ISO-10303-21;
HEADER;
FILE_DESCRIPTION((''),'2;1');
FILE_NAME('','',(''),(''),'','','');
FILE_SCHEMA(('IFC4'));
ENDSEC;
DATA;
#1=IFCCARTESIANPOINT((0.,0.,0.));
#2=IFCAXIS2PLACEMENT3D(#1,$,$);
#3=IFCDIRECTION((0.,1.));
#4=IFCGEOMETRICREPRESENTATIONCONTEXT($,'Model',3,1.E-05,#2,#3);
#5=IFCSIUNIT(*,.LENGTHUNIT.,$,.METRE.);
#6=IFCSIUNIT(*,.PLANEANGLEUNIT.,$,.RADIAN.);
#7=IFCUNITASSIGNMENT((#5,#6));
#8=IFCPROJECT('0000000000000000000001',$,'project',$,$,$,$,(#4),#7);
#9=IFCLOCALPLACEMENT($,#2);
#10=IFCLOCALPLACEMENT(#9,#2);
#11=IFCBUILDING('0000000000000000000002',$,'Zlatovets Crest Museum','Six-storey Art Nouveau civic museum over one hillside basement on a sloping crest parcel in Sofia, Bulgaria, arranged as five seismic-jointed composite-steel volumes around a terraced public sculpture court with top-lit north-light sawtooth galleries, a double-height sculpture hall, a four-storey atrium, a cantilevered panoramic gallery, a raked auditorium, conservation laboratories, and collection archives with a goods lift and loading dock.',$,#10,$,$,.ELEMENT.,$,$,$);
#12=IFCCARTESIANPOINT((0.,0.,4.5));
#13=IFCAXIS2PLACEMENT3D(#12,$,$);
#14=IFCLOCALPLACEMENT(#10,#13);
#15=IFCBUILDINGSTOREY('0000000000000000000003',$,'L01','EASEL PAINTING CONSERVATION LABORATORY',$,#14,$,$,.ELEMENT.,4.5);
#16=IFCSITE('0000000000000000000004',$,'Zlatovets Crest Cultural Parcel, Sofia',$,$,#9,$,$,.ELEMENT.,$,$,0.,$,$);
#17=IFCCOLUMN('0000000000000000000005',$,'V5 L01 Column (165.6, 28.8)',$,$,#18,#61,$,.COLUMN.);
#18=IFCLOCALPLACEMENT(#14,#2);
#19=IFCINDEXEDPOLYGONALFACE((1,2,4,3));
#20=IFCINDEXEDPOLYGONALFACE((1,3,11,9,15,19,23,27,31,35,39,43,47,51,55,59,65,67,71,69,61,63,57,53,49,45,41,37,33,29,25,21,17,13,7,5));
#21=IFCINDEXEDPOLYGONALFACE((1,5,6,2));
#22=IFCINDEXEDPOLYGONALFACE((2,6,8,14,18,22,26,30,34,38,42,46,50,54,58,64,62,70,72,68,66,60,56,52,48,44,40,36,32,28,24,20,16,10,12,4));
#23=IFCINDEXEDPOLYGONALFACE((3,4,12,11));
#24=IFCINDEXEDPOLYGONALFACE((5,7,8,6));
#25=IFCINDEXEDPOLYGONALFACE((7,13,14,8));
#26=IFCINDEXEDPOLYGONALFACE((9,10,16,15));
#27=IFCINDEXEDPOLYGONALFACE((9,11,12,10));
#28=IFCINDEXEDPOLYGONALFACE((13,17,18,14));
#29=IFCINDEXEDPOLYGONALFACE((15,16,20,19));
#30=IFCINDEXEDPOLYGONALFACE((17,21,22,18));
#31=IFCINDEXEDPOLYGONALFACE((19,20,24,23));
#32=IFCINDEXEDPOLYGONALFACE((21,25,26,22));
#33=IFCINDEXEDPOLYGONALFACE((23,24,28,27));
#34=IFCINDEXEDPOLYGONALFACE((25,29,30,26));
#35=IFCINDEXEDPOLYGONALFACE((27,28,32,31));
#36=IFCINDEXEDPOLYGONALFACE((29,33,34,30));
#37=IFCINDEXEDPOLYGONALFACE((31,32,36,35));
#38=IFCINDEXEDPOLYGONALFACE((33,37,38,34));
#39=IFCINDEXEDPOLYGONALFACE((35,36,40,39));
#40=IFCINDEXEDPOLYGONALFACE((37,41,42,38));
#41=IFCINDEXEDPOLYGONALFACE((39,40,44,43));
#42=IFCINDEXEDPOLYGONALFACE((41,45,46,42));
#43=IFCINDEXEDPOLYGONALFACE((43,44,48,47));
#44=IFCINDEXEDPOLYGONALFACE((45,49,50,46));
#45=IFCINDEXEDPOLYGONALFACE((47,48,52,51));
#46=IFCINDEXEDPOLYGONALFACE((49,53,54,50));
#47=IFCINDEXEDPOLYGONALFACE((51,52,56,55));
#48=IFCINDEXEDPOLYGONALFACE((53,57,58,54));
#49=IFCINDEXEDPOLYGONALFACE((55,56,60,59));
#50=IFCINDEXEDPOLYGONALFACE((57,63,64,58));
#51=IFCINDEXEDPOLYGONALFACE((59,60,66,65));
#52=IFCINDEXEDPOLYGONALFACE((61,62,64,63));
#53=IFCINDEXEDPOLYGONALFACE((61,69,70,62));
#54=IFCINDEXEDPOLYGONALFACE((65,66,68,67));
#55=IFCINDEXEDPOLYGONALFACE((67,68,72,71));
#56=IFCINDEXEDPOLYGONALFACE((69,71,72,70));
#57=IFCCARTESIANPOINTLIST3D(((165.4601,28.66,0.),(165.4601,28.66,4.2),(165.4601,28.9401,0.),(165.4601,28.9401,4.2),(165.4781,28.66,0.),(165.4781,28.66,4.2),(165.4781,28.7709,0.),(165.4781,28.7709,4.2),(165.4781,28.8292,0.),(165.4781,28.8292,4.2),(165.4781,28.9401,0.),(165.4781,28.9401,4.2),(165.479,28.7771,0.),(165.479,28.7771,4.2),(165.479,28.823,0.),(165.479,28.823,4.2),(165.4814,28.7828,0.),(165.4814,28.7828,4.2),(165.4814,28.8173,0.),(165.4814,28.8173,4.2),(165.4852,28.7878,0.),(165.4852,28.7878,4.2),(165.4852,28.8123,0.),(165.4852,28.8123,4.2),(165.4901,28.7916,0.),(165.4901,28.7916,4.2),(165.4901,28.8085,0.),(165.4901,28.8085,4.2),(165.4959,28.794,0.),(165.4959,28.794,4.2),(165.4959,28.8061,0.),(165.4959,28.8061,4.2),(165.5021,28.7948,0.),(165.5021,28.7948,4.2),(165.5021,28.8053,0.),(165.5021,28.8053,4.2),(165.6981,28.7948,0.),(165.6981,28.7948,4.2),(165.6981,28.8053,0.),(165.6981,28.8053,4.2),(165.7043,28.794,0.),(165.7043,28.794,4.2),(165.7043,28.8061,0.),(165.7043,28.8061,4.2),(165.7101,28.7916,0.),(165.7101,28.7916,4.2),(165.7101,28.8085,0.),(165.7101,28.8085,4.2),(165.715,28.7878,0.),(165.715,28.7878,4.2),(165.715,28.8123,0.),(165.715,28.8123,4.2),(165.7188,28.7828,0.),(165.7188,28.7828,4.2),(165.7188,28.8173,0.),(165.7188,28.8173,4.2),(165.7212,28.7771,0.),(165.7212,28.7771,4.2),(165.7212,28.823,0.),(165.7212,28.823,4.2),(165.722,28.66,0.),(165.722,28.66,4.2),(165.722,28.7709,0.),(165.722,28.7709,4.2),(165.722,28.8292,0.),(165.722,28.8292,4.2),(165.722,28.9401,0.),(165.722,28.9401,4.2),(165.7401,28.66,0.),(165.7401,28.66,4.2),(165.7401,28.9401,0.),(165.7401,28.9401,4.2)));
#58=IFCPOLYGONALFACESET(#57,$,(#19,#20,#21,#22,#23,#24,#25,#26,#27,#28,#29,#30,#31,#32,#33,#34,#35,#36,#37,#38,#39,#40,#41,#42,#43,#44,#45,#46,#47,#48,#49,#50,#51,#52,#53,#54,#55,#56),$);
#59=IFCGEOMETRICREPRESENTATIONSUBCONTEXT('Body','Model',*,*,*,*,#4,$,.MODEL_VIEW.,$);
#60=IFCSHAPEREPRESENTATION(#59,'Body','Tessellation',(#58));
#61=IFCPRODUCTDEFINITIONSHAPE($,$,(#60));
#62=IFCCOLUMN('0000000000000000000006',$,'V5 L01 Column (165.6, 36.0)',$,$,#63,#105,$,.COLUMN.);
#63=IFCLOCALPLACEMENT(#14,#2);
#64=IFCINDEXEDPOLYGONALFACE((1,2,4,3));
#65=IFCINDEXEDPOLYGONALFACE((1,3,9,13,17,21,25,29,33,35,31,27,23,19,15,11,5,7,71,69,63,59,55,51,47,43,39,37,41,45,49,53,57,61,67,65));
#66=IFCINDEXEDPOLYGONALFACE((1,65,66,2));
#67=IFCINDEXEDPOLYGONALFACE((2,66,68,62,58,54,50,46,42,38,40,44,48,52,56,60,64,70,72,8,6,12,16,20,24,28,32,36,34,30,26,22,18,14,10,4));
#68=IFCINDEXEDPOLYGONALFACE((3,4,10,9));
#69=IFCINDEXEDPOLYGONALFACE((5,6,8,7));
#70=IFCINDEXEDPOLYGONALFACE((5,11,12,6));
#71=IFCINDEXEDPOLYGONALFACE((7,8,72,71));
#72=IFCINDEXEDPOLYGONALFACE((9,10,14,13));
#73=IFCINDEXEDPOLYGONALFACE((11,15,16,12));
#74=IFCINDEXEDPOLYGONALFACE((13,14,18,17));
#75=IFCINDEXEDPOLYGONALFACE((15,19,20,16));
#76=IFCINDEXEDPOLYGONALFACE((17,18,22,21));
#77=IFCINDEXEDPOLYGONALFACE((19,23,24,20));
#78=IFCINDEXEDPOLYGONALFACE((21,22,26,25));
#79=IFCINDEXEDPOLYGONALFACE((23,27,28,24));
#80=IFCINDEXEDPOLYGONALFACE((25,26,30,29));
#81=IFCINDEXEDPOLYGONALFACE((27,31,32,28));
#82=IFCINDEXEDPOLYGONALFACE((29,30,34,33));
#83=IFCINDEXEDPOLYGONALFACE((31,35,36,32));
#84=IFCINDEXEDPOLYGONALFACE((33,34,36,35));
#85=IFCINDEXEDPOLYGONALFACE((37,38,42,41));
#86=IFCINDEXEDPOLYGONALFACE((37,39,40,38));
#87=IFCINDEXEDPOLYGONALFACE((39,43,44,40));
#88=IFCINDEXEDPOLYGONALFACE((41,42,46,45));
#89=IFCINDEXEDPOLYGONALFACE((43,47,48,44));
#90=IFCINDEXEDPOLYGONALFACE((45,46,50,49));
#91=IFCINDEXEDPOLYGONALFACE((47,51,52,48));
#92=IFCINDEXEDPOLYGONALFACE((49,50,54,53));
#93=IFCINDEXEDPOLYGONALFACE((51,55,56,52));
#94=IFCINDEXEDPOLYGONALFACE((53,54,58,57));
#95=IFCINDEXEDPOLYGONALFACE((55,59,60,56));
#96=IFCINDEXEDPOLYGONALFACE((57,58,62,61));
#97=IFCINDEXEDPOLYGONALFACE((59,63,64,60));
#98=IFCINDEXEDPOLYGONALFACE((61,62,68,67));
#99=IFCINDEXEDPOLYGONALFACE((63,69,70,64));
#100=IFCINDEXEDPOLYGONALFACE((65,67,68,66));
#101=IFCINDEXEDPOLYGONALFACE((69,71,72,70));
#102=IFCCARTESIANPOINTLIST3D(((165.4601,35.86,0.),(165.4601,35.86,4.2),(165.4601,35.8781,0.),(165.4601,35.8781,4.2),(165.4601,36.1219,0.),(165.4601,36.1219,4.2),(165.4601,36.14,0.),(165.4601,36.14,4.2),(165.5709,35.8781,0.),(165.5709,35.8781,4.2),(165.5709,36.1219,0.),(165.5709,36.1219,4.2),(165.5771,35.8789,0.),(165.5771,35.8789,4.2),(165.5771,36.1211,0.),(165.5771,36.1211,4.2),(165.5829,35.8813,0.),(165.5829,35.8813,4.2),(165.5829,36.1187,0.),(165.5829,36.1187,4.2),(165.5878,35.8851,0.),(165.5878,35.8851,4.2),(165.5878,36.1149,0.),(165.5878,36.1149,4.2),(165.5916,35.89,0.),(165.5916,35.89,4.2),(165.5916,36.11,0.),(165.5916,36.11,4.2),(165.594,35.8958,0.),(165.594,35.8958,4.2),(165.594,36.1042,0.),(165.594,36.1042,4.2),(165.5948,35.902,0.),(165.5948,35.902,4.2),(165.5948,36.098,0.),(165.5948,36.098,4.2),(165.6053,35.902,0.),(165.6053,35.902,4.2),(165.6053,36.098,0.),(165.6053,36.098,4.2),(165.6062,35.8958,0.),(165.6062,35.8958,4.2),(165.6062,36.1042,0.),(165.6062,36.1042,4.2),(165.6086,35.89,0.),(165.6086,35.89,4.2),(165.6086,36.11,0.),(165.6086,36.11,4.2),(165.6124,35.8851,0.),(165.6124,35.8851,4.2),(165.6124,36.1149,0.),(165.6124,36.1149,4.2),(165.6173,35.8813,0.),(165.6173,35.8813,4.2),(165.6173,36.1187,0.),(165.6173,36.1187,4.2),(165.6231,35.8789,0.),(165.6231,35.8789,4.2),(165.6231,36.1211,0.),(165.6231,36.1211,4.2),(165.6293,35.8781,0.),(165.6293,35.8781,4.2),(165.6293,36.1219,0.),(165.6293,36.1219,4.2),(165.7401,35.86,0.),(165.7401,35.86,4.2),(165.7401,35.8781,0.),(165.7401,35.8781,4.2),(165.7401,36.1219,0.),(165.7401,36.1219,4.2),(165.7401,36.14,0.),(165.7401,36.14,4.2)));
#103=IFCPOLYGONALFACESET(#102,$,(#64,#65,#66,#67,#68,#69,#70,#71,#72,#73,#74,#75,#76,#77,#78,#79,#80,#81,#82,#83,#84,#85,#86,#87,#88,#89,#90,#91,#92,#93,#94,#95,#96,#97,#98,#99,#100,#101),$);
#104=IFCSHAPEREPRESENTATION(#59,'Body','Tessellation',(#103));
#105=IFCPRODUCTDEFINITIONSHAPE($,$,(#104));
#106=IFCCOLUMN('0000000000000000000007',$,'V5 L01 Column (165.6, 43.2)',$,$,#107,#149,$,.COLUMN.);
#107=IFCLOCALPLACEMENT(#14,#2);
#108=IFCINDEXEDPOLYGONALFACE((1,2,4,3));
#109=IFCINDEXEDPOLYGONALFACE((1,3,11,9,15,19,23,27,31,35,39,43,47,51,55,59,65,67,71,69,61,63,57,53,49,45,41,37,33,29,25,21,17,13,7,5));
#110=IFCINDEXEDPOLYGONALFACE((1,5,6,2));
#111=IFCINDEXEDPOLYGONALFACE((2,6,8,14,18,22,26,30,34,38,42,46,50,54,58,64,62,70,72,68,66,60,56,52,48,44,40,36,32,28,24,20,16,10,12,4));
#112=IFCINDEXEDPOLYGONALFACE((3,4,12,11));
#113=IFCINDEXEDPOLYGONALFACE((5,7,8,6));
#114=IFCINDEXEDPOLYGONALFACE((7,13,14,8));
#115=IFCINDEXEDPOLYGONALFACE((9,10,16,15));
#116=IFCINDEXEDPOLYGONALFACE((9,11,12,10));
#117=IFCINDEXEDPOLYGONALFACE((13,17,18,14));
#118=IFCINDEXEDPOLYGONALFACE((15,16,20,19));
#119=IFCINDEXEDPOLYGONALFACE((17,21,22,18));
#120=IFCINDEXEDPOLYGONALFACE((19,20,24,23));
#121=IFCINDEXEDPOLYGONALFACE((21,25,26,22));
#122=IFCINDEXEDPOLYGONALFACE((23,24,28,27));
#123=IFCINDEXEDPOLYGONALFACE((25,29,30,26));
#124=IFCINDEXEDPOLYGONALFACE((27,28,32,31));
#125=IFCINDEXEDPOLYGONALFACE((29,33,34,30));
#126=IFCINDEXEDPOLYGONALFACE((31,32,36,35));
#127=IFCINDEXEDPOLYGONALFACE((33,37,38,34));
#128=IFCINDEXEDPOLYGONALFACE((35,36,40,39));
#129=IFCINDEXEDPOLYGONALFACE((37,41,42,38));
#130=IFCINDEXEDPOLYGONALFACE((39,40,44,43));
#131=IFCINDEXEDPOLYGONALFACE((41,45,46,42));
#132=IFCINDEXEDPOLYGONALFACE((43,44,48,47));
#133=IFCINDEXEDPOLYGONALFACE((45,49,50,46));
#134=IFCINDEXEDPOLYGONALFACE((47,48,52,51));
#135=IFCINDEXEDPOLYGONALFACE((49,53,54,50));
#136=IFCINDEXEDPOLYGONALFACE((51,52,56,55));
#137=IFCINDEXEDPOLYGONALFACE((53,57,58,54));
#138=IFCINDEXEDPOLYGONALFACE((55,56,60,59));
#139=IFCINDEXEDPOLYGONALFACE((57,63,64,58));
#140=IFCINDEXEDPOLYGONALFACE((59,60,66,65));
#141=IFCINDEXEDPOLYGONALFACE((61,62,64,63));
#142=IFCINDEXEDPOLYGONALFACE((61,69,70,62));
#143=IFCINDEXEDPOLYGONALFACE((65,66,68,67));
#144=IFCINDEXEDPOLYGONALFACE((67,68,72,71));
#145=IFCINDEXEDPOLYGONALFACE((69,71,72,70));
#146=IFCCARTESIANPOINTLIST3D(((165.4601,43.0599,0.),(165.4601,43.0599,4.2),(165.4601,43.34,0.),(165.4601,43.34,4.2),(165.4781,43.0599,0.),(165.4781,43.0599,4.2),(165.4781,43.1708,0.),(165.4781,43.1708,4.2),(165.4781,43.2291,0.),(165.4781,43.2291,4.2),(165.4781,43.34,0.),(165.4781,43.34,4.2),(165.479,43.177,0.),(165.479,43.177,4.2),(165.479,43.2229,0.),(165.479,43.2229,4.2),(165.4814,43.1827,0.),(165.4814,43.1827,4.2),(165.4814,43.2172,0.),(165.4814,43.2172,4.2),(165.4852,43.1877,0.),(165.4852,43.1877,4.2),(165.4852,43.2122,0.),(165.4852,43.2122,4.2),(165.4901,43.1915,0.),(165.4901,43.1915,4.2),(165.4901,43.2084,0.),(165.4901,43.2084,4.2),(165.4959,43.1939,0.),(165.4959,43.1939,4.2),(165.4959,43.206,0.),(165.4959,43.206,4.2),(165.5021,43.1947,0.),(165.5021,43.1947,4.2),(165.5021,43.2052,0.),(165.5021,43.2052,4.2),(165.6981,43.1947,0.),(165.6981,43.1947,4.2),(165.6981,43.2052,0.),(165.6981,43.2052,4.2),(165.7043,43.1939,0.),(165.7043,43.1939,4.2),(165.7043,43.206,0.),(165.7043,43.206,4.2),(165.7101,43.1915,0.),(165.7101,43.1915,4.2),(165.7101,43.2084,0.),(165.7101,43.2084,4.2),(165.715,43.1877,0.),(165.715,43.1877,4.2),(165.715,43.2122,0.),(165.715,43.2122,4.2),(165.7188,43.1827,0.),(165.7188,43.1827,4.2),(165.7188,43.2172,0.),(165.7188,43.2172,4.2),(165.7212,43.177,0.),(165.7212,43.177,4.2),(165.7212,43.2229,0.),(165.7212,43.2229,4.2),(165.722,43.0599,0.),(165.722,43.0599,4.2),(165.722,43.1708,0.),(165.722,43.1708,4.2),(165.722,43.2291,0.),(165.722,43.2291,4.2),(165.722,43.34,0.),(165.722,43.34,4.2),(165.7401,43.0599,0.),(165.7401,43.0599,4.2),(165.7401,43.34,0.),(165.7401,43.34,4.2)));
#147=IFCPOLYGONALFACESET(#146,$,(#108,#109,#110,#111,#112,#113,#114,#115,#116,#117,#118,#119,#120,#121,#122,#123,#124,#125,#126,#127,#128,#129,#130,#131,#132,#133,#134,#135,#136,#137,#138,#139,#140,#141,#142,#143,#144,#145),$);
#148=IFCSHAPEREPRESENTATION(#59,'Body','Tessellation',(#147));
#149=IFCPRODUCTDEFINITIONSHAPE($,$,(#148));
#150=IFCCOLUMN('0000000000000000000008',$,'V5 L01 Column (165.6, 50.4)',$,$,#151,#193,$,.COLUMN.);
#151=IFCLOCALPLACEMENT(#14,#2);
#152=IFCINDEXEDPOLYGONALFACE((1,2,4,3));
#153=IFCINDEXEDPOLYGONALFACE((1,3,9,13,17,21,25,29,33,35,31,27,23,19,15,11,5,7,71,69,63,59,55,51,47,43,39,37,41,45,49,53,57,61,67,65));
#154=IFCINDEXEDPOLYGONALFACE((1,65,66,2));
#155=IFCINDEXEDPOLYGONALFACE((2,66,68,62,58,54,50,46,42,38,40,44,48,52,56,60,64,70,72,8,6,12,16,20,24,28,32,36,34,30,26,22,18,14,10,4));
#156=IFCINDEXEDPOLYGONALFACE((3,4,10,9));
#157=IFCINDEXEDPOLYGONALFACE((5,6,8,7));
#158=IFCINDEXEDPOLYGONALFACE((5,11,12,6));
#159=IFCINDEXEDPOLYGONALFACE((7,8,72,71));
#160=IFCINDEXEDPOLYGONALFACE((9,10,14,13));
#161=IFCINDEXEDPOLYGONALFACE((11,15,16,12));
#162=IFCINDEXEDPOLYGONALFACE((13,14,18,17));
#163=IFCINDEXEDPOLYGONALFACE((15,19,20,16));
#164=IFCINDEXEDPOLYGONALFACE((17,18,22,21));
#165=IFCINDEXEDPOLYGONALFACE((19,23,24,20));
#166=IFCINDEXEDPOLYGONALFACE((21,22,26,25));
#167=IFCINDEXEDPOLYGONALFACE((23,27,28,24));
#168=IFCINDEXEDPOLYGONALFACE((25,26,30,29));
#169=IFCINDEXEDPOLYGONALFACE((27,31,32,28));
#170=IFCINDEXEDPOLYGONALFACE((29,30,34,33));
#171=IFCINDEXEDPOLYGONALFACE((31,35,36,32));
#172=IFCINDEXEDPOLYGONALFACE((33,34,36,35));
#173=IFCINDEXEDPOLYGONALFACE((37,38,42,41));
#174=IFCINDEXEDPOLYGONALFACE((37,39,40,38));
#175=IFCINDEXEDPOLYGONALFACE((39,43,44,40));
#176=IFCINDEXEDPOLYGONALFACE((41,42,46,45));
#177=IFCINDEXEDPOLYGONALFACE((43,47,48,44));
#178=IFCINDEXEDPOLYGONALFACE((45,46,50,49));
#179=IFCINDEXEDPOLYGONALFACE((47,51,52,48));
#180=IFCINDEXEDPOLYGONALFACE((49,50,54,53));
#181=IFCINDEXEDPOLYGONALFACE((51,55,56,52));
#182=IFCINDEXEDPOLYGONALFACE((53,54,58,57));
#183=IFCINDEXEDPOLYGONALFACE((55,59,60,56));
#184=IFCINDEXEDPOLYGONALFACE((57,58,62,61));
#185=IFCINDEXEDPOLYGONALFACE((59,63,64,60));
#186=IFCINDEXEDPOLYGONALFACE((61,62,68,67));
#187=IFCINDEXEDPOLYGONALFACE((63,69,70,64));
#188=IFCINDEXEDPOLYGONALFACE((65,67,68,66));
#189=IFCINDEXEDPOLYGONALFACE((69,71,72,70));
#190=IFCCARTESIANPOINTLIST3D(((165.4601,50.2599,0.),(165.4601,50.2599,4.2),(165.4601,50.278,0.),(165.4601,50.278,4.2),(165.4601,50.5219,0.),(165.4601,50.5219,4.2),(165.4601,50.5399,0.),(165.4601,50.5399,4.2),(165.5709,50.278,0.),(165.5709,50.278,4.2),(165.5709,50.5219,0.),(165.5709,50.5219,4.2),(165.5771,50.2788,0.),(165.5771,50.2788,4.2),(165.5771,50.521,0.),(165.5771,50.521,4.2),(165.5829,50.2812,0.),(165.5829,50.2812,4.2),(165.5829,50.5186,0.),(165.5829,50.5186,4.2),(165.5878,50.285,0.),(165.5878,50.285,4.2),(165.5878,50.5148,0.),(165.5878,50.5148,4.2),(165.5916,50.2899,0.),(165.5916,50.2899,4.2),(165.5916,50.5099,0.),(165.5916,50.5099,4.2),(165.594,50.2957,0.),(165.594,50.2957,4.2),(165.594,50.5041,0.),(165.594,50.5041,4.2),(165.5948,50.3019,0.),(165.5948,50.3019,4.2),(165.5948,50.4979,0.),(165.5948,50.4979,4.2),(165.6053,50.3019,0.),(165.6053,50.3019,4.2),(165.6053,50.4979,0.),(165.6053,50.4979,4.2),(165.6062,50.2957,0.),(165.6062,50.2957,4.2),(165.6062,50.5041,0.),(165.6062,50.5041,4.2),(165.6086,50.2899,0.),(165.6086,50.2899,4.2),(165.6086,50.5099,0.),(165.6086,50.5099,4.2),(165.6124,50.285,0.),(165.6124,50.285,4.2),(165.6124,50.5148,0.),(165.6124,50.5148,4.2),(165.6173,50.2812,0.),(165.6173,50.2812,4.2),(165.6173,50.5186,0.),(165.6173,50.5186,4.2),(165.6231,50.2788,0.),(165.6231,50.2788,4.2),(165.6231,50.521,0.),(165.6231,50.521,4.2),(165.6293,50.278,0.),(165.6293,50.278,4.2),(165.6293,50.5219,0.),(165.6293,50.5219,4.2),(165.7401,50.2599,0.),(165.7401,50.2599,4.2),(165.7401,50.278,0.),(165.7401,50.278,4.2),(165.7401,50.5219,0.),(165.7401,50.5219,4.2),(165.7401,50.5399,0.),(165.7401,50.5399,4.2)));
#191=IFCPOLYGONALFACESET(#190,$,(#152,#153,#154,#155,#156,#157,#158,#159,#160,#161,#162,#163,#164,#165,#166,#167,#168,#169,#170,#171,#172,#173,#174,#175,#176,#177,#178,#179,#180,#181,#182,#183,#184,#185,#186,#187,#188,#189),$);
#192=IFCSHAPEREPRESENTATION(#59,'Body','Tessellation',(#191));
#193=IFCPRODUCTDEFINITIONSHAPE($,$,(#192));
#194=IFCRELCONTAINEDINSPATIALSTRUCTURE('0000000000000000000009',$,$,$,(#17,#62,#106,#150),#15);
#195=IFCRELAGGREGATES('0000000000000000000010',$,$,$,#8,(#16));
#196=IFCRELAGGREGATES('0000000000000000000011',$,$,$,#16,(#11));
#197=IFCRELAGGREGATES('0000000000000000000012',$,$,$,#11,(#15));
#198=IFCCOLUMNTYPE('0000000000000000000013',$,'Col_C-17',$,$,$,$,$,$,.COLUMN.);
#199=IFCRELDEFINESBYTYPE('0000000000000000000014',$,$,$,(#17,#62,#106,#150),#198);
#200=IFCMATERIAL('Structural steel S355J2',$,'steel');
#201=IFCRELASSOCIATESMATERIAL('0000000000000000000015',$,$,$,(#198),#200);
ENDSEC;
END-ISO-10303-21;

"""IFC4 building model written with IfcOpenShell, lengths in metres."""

from ifc_helpers import new_model, si_unit, direction, frame, origin, origin_2d, place, context, subcontext, project, spatial, i_section, extrude, material, material_profile, profile_set, type_object, element, save


model = new_model("IFC4")

# Units and contexts
model_context = context("Model", 3, precision=1e-05, world=origin(), true_north=direction((0.0, 1.0)))
body_context = subcontext(model_context, "Body", "Model", "MODEL_VIEW")
ifc_project = project(units=[si_unit("LENGTHUNIT", "METRE"), si_unit("PLANEANGLEUNIT", "RADIAN")], contexts=[model_context])

# Site, building, storey
site_placement = place(None, origin())
site = spatial("IfcSite", under=ifc_project, at=site_placement, Name="Zlatovets Crest Cultural Parcel, Sofia", CompositionType="ELEMENT", RefElevation=0.0)
building_placement = place(site_placement, origin())
building = spatial("IfcBuilding", under=site, at=building_placement, Name="Zlatovets Crest Museum", Description="Six-storey Art Nouveau civic museum over one hillside basement on a sloping crest parcel in Sofia, Bulgaria, arranged as five seismic-jointed composite-steel volumes around a terraced public sculpture court with top-lit north-light sawtooth galleries, a double-height sculpture hall, a four-storey atrium, a cantilevered panoramic gallery, a raked auditorium, conservation laboratories, and collection archives with a goods lift and loading dock.", CompositionType="ELEMENT")
storey_placement = place(building_placement, frame((0.0, 0.0, 4.5)))
storey = spatial("IfcBuildingStorey", under=building, at=storey_placement, Name="L01", Description="EASEL PAINTING CONSERVATION LABORATORY", CompositionType="ELEMENT", Elevation=4.5)

# Columns
ifc_material_1 = material(Name="Structural steel S355J2", Category="steel")
ifc_material_profile_1 = material_profile(ifc_material_1, i_section(OverallWidth=0.28, OverallDepth=0.28, WebThickness=0.0105, FlangeThickness=0.0181, FilletRadius=0.0239, at=origin_2d()), Name="HEB 280")
ifc_profile_set_1 = profile_set([ifc_material_profile_1], Name="Structural steel S355J2")
column_type = type_object("IfcColumnType", Name="Col_C-17", PredefinedType="COLUMN", material=ifc_profile_set_1)
for number, where, z_axis, x_axis, name in (
    (1, (165.6001, 28.8, 0.0), (0.0, 0.0, 1.0), (0.0, 1.0, 0.0), "V5 L01 Column (165.6, 28.8)"),
    (2, (165.6001, 36.0, 0.0), (0.0, 0.0, 1.0), (1.0, 0.0, 0.0), "V5 L01 Column (165.6, 36.0)"),
    (3, (165.6001, 43.2, 0.0), (0.0, 0.0, 1.0), (0.0, 1.0, 0.0), "V5 L01 Column (165.6, 43.2)"),
    (4, (165.6001, 50.3999, 0.0), (0.0, 0.0, 1.0), (1.0, 0.0, 0.0), "V5 L01 Column (165.6, 50.4)"),
):
    element("IfcColumn", number, at=place(storey_placement, frame(where, z_axis=z_axis, x_axis=x_axis)), inside=storey, type_object=column_type, Name=name, PredefinedType="COLUMN", context=body_context, shape_type="SweptSolid", body=[
        extrude(i_section(OverallWidth=0.28, OverallDepth=0.28, WebThickness=0.0105, FlangeThickness=0.0181, FilletRadius=0.0239, at=origin_2d()), origin(), (0.0, 0.0, 1.0), 4.2),
    ])

save(model, "model.ifc")
